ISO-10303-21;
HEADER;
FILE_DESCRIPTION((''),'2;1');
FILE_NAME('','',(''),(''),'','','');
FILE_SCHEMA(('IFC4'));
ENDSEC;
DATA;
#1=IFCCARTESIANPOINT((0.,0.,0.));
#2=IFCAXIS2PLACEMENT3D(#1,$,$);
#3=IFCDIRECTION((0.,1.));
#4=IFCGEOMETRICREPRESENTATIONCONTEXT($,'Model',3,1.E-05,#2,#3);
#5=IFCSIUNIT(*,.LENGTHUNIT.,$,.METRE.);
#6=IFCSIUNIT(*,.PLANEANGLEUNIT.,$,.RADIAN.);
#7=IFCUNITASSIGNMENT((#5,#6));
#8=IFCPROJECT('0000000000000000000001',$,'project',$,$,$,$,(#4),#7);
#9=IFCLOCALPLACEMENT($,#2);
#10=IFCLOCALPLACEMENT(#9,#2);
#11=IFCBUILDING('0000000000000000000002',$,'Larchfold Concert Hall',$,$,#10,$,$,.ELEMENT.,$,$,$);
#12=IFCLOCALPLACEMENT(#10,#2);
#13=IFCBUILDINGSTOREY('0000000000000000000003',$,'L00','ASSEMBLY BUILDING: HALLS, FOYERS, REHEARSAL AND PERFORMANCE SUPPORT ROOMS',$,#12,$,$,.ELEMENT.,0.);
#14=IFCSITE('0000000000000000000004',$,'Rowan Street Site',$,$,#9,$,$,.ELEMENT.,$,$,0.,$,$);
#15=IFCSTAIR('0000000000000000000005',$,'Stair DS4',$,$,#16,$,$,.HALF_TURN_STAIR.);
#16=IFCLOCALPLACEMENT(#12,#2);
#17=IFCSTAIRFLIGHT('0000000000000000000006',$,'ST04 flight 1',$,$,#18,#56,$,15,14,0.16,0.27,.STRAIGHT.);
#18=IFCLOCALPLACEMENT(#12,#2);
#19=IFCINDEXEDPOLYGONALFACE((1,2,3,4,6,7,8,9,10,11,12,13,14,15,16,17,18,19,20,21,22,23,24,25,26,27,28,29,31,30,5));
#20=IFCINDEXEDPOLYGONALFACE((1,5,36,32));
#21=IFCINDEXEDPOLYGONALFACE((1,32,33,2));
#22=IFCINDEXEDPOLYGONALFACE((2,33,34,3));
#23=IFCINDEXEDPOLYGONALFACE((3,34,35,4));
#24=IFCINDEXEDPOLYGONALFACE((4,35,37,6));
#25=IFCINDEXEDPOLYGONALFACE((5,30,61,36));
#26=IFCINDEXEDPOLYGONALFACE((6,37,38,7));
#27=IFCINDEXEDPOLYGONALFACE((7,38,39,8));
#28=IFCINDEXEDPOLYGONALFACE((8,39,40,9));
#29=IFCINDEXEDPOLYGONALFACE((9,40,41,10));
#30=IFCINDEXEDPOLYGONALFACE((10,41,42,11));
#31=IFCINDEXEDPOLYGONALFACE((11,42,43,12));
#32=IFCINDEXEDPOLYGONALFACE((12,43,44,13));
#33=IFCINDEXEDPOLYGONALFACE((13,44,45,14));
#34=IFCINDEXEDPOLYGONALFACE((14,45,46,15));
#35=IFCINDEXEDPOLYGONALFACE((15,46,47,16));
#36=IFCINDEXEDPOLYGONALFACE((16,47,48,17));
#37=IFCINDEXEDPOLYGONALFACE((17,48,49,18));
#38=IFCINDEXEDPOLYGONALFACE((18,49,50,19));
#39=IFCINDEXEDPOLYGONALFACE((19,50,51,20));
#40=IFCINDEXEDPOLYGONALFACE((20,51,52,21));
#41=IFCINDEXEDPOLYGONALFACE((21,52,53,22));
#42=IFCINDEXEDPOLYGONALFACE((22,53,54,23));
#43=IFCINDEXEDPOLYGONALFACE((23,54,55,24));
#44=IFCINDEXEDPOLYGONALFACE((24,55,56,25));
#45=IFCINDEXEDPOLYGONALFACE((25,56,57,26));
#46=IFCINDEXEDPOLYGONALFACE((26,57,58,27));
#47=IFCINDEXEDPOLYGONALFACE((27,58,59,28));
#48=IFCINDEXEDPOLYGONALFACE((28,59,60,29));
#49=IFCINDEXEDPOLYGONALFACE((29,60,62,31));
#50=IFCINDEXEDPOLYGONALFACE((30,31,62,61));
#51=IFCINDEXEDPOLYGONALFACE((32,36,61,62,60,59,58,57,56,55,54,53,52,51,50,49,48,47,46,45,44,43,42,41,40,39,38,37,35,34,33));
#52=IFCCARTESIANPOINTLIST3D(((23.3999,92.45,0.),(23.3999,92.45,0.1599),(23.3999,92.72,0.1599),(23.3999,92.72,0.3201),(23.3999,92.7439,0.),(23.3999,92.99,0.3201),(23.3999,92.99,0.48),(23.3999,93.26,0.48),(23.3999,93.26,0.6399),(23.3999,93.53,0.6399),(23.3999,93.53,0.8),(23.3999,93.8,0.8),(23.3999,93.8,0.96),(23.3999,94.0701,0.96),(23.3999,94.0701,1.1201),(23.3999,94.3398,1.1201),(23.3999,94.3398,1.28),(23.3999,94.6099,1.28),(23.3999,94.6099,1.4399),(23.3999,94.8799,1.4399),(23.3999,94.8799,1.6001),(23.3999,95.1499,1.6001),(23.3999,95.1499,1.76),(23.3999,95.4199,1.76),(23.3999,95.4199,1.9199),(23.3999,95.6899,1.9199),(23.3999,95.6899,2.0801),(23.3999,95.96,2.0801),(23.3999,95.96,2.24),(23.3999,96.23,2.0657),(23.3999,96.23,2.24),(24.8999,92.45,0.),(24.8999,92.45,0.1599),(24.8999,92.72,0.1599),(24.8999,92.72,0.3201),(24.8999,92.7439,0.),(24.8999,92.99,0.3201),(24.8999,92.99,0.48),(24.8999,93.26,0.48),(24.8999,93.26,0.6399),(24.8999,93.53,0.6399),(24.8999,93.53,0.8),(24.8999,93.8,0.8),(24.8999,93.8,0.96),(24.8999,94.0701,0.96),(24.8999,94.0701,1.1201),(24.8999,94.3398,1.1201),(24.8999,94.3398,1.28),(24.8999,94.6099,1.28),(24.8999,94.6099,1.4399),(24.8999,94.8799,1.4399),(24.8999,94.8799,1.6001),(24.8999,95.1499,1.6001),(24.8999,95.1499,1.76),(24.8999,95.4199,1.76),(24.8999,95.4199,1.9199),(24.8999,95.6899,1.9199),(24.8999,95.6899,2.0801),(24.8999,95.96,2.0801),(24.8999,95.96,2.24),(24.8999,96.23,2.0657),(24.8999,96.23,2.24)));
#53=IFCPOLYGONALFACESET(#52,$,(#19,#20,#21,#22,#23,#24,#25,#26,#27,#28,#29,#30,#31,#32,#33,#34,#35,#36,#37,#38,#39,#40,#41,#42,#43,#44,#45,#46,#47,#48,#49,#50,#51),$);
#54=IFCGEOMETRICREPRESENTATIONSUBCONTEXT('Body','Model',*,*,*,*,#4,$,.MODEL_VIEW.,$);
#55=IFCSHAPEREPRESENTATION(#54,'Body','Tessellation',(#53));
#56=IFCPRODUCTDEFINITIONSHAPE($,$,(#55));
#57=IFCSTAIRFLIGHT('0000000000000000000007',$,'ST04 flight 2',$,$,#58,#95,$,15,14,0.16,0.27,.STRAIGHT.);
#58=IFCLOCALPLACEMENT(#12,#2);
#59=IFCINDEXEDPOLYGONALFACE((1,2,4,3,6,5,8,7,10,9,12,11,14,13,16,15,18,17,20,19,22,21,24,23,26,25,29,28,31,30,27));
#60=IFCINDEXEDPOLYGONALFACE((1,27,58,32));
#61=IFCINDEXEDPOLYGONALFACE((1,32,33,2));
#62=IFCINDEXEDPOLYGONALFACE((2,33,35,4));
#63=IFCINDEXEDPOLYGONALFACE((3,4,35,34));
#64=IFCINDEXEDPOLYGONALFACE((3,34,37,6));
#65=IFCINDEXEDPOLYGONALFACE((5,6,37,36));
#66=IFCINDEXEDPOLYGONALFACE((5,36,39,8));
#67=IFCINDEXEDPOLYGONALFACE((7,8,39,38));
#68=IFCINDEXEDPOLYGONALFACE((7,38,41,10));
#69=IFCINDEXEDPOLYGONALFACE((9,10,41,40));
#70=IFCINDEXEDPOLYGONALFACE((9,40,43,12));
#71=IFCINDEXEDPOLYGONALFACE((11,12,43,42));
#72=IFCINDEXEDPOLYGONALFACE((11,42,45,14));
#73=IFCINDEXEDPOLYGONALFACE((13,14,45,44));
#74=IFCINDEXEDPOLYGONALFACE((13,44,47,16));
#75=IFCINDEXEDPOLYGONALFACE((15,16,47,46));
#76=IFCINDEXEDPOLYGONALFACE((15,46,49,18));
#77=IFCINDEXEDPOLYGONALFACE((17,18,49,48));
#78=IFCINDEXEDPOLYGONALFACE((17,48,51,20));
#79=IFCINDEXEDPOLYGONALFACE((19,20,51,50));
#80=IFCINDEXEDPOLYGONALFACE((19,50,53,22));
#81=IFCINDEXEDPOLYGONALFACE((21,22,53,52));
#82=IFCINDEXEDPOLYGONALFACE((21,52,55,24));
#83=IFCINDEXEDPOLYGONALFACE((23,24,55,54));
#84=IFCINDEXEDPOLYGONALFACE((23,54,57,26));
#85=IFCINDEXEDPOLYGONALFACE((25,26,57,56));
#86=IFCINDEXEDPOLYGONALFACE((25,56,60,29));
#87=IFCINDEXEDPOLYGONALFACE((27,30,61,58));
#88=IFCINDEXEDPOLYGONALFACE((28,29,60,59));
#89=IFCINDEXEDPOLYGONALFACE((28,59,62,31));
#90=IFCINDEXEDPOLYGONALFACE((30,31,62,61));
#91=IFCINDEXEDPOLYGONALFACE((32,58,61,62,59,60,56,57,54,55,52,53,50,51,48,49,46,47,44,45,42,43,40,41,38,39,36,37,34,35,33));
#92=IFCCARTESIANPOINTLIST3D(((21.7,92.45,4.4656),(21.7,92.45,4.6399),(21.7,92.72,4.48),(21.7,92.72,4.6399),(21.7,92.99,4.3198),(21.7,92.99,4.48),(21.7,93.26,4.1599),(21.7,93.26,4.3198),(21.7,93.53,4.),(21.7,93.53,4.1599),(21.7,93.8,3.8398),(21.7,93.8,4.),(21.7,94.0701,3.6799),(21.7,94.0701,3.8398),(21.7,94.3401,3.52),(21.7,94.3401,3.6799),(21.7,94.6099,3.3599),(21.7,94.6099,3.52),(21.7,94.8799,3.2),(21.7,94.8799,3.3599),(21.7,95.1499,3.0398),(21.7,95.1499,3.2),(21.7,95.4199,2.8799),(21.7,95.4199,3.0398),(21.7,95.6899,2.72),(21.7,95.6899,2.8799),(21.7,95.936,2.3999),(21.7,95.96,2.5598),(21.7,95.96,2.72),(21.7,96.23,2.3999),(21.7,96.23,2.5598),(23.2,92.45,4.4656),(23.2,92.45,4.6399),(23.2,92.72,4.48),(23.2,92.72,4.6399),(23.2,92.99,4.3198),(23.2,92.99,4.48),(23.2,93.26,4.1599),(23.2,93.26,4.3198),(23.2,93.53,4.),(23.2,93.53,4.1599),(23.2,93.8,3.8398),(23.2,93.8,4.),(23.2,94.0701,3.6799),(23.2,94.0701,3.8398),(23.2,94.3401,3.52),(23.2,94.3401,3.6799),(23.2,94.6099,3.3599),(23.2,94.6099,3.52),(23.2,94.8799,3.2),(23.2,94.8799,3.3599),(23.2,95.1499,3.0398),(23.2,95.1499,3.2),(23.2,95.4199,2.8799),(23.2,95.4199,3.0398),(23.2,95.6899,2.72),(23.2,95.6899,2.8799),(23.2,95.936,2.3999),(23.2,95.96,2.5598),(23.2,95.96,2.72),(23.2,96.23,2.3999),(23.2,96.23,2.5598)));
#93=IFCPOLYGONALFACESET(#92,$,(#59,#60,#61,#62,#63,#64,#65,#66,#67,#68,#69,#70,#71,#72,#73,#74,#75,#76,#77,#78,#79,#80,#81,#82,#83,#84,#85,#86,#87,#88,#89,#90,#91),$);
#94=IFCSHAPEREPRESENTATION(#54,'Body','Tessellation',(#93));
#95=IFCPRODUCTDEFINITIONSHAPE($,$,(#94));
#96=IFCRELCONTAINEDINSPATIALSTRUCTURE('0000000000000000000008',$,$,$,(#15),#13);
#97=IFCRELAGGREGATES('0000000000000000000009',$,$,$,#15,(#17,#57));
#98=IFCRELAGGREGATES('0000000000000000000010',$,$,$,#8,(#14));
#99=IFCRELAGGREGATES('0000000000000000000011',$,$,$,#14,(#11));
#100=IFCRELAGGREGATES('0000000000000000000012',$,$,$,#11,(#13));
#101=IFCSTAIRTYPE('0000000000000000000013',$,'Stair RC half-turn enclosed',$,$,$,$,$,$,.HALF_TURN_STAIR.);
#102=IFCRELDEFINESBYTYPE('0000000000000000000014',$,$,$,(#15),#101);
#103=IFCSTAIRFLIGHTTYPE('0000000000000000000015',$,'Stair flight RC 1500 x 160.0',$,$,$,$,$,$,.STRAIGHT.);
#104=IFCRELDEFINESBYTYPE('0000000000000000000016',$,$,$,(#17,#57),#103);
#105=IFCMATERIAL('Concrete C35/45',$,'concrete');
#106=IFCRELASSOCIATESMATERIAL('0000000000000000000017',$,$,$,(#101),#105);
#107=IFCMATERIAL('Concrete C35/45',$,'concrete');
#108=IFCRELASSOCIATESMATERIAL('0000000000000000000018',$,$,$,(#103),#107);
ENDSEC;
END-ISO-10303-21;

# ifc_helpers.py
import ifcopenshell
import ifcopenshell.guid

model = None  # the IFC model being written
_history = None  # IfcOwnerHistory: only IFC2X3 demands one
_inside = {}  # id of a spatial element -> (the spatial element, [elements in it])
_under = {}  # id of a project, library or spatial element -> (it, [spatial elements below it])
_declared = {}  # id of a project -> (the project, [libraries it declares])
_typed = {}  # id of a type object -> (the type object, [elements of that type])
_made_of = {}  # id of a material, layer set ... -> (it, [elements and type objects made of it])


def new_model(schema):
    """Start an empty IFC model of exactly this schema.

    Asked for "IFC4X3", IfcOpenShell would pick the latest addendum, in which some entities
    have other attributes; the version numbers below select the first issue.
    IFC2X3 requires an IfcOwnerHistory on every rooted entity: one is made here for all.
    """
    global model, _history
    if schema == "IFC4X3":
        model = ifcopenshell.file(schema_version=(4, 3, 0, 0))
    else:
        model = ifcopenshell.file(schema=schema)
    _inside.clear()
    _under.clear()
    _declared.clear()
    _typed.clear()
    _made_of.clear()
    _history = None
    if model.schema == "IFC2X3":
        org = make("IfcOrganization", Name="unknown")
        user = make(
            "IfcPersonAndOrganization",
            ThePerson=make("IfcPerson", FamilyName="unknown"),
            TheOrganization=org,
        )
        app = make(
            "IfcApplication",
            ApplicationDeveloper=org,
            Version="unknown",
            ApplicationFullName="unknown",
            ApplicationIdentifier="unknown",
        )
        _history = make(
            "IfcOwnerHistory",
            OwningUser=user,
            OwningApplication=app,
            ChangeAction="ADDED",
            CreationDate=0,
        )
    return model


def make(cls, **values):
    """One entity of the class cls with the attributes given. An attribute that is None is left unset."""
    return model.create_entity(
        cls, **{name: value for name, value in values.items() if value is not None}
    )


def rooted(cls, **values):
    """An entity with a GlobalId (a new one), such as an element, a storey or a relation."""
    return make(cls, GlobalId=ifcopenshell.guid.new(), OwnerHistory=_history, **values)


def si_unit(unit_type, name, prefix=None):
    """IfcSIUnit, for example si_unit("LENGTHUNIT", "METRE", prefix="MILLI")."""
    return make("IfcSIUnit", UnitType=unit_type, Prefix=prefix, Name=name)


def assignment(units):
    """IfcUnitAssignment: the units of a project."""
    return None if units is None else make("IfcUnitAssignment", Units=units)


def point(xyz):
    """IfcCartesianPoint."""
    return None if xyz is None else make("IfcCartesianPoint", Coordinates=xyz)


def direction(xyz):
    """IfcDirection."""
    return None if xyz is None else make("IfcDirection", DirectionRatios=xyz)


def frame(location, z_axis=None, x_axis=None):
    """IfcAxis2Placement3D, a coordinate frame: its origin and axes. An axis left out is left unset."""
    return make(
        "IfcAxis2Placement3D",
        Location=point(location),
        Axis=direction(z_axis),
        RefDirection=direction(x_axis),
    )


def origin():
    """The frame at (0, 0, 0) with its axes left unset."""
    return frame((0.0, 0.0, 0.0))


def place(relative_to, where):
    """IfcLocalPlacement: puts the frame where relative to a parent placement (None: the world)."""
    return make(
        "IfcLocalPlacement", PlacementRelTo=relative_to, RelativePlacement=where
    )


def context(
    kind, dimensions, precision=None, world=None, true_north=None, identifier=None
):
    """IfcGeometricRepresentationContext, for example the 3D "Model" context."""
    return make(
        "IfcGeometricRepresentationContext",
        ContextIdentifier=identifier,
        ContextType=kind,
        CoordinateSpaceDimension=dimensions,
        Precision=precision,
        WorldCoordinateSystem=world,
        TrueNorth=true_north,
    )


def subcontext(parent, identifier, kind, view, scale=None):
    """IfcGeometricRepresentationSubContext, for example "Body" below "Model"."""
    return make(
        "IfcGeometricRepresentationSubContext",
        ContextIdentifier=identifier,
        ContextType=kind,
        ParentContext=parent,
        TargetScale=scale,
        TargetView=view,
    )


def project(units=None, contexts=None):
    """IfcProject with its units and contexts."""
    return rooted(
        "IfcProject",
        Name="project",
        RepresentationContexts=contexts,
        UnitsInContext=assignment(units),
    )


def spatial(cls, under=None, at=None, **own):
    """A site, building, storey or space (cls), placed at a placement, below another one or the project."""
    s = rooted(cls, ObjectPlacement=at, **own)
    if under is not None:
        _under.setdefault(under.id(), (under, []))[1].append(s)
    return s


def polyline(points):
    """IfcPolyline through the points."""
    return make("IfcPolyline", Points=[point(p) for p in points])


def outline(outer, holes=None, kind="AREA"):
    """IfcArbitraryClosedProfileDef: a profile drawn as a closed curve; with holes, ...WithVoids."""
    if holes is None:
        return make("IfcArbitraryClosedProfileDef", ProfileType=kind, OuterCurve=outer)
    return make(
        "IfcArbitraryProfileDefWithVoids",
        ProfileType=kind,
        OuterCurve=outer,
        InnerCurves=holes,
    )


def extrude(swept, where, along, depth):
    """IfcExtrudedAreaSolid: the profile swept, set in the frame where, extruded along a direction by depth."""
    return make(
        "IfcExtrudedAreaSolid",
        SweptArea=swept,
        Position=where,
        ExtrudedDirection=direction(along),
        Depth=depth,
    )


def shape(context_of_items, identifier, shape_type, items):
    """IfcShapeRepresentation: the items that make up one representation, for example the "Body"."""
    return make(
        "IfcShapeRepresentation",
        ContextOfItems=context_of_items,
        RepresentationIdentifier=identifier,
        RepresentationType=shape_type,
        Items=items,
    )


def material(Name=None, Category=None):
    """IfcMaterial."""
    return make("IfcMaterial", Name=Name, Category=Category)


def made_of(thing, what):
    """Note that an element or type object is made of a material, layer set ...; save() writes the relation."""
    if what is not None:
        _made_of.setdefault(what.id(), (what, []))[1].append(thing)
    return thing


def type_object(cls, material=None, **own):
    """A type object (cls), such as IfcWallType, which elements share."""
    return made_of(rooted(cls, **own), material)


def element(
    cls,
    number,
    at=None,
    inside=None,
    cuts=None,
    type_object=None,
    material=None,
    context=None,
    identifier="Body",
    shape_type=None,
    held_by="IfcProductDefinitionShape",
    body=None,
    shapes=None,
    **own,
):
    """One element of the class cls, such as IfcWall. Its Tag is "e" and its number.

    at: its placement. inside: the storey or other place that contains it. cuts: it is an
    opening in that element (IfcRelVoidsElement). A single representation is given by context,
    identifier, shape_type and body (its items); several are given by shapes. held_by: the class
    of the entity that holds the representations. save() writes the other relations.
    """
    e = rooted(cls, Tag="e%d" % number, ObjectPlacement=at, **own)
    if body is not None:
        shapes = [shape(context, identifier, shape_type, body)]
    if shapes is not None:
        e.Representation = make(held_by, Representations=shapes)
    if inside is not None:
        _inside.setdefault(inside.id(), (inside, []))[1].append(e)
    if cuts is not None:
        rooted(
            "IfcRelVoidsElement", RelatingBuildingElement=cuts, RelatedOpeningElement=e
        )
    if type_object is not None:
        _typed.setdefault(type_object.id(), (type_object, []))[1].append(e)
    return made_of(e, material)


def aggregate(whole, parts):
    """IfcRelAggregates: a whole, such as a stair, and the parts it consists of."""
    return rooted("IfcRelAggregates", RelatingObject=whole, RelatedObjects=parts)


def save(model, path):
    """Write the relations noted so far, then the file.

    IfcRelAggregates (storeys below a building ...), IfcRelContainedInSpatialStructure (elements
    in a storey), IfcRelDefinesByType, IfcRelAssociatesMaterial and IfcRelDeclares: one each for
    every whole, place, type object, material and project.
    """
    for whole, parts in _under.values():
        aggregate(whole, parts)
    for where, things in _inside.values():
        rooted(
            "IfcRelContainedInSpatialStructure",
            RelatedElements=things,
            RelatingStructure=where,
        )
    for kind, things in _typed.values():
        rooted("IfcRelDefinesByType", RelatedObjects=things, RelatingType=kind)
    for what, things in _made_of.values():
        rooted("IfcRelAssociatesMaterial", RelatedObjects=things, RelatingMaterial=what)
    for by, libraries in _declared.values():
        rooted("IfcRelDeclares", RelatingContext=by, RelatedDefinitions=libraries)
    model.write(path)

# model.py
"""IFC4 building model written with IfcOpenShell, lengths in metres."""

from ifc_helpers import new_model, si_unit, direction, frame, origin, place, context, subcontext, project, spatial, polyline, outline, extrude, material, type_object, element, aggregate, save


model = new_model("IFC4")

# Units and contexts
model_context = context("Model", 3, precision=1e-05, world=origin(), true_north=direction((0.0, 1.0)))
body_context = subcontext(model_context, "Body", "Model", "MODEL_VIEW")
ifc_project = project(units=[si_unit("LENGTHUNIT", "METRE"), si_unit("PLANEANGLEUNIT", "RADIAN")], contexts=[model_context])

# Site, building, storey
site_placement = place(None, origin())
site = spatial("IfcSite", under=ifc_project, at=site_placement, Name="Rowan Street Site", CompositionType="ELEMENT", RefElevation=0.0)
building_placement = place(site_placement, origin())
building = spatial("IfcBuilding", under=site, at=building_placement, Name="Larchfold Concert Hall", CompositionType="ELEMENT")
storey_placement = place(building_placement, origin())
storey = spatial("IfcBuildingStorey", under=building, at=storey_placement, Name="L00", Description="ASSEMBLY BUILDING: HALLS, FOYERS, REHEARSAL AND PERFORMANCE SUPPORT ROOMS", CompositionType="ELEMENT", Elevation=0.0)

# Stair, stair flights
ifc_material_1 = material(Name="Concrete C35/45", Category="concrete")
stair_type = type_object("IfcStairType", Name="Stair RC half-turn enclosed", PredefinedType="HALF_TURN_STAIR", material=ifc_material_1)
stair_placement = place(storey_placement, origin())
stair = element("IfcStair", 1, at=stair_placement, inside=storey, type_object=stair_type, Name="Stair DS4", PredefinedType="HALF_TURN_STAIR")
ifc_material_2 = material(Name="Concrete C35/45", Category="concrete")
stair_flight_type = type_object("IfcStairFlightType", Name="Stair flight RC 1500 x 160.0", PredefinedType="STRAIGHT", material=ifc_material_2)
stair_flight_1_placement = place(storey_placement, frame((24.1499, 92.45, 0.0), z_axis=(0.0, 0.0, 1.0), x_axis=(0.0, 1.0, 0.0)))
stair_flight_1 = element("IfcStairFlight", 2, at=stair_flight_1_placement, type_object=stair_flight_type, Name="ST04 flight 1", NumberOfRisers=15, NumberOfTreads=14, PredefinedType="STRAIGHT", RiserHeight=0.16, TreadLength=0.27, context=body_context, shape_type="SweptSolid", body=[
    extrude(outline(polyline([(0.0, 0.0), (0.0, 0.1599), (0.27, 0.1599), (0.27, 0.3201), (0.54, 0.3201), (0.54, 0.48), (0.8101, 0.48), (0.8101, 0.6399), (1.0801, 0.6399), (1.0801, 0.8), (1.3501, 0.8), (1.3501, 0.96), (1.6201, 0.96), (1.6201, 1.1201), (1.8899, 1.1201), (1.8899, 1.28), (2.1599, 1.28), (2.1599, 1.4399), (2.4299, 1.4399), (2.4299, 1.6001), (2.7, 1.6001), (2.7, 1.76), (2.97, 1.76), (2.97, 1.9199), (3.24, 1.9199), (3.24, 2.0801), (3.51, 2.0801), (3.51, 2.24), (3.78, 2.24), (3.78, 2.3999), (3.78, 2.0657), (0.2939, 0.0), (0.0, 0.0)])), frame((0.0, 0.75, 0.0), z_axis=(0.0, -1.0, 0.0), x_axis=(1.0, 0.0, 0.0)), (0.0, 0.0, 1.0), 1.5),
])
stair_flight_2_placement = place(storey_placement, frame((22.45, 96.23, 2.3999), z_axis=(0.0, 0.0, 1.0), x_axis=(0.0, -1.0, 0.0)))
stair_flight_2 = element("IfcStairFlight", 3, at=stair_flight_2_placement, type_object=stair_flight_type, Name="ST04 flight 2", NumberOfRisers=15, NumberOfTreads=14, PredefinedType="STRAIGHT", RiserHeight=0.16, TreadLength=0.27, context=body_context, shape_type="SweptSolid", body=[
    extrude(outline(polyline([(0.0, 0.0), (0.0, 0.1599), (0.27, 0.1599), (0.27, 0.3201), (0.54, 0.3201), (0.54, 0.48), (0.8101, 0.48), (0.8101, 0.6399), (1.0801, 0.6399), (1.0801, 0.8), (1.3501, 0.8), (1.3501, 0.96), (1.6201, 0.96), (1.6201, 1.1201), (1.8899, 1.1201), (1.8899, 1.28), (2.1599, 1.28), (2.1599, 1.4399), (2.4299, 1.4399), (2.4299, 1.6001), (2.7, 1.6001), (2.7, 1.76), (2.97, 1.76), (2.97, 1.9199), (3.24, 1.9199), (3.24, 2.0801), (3.51, 2.0801), (3.51, 2.24), (3.78, 2.24), (3.78, 2.3999), (3.78, 2.0657), (0.2939, 0.0), (0.0, 0.0)])), frame((0.0, 0.75, 0.0), z_axis=(0.0, -1.0, 0.0), x_axis=(1.0, 0.0, 0.0)), (0.0, 0.0, 1.0), 1.5),
])
aggregate(stair, [stair_flight_1, stair_flight_2])

save(model, "model.ifc")
